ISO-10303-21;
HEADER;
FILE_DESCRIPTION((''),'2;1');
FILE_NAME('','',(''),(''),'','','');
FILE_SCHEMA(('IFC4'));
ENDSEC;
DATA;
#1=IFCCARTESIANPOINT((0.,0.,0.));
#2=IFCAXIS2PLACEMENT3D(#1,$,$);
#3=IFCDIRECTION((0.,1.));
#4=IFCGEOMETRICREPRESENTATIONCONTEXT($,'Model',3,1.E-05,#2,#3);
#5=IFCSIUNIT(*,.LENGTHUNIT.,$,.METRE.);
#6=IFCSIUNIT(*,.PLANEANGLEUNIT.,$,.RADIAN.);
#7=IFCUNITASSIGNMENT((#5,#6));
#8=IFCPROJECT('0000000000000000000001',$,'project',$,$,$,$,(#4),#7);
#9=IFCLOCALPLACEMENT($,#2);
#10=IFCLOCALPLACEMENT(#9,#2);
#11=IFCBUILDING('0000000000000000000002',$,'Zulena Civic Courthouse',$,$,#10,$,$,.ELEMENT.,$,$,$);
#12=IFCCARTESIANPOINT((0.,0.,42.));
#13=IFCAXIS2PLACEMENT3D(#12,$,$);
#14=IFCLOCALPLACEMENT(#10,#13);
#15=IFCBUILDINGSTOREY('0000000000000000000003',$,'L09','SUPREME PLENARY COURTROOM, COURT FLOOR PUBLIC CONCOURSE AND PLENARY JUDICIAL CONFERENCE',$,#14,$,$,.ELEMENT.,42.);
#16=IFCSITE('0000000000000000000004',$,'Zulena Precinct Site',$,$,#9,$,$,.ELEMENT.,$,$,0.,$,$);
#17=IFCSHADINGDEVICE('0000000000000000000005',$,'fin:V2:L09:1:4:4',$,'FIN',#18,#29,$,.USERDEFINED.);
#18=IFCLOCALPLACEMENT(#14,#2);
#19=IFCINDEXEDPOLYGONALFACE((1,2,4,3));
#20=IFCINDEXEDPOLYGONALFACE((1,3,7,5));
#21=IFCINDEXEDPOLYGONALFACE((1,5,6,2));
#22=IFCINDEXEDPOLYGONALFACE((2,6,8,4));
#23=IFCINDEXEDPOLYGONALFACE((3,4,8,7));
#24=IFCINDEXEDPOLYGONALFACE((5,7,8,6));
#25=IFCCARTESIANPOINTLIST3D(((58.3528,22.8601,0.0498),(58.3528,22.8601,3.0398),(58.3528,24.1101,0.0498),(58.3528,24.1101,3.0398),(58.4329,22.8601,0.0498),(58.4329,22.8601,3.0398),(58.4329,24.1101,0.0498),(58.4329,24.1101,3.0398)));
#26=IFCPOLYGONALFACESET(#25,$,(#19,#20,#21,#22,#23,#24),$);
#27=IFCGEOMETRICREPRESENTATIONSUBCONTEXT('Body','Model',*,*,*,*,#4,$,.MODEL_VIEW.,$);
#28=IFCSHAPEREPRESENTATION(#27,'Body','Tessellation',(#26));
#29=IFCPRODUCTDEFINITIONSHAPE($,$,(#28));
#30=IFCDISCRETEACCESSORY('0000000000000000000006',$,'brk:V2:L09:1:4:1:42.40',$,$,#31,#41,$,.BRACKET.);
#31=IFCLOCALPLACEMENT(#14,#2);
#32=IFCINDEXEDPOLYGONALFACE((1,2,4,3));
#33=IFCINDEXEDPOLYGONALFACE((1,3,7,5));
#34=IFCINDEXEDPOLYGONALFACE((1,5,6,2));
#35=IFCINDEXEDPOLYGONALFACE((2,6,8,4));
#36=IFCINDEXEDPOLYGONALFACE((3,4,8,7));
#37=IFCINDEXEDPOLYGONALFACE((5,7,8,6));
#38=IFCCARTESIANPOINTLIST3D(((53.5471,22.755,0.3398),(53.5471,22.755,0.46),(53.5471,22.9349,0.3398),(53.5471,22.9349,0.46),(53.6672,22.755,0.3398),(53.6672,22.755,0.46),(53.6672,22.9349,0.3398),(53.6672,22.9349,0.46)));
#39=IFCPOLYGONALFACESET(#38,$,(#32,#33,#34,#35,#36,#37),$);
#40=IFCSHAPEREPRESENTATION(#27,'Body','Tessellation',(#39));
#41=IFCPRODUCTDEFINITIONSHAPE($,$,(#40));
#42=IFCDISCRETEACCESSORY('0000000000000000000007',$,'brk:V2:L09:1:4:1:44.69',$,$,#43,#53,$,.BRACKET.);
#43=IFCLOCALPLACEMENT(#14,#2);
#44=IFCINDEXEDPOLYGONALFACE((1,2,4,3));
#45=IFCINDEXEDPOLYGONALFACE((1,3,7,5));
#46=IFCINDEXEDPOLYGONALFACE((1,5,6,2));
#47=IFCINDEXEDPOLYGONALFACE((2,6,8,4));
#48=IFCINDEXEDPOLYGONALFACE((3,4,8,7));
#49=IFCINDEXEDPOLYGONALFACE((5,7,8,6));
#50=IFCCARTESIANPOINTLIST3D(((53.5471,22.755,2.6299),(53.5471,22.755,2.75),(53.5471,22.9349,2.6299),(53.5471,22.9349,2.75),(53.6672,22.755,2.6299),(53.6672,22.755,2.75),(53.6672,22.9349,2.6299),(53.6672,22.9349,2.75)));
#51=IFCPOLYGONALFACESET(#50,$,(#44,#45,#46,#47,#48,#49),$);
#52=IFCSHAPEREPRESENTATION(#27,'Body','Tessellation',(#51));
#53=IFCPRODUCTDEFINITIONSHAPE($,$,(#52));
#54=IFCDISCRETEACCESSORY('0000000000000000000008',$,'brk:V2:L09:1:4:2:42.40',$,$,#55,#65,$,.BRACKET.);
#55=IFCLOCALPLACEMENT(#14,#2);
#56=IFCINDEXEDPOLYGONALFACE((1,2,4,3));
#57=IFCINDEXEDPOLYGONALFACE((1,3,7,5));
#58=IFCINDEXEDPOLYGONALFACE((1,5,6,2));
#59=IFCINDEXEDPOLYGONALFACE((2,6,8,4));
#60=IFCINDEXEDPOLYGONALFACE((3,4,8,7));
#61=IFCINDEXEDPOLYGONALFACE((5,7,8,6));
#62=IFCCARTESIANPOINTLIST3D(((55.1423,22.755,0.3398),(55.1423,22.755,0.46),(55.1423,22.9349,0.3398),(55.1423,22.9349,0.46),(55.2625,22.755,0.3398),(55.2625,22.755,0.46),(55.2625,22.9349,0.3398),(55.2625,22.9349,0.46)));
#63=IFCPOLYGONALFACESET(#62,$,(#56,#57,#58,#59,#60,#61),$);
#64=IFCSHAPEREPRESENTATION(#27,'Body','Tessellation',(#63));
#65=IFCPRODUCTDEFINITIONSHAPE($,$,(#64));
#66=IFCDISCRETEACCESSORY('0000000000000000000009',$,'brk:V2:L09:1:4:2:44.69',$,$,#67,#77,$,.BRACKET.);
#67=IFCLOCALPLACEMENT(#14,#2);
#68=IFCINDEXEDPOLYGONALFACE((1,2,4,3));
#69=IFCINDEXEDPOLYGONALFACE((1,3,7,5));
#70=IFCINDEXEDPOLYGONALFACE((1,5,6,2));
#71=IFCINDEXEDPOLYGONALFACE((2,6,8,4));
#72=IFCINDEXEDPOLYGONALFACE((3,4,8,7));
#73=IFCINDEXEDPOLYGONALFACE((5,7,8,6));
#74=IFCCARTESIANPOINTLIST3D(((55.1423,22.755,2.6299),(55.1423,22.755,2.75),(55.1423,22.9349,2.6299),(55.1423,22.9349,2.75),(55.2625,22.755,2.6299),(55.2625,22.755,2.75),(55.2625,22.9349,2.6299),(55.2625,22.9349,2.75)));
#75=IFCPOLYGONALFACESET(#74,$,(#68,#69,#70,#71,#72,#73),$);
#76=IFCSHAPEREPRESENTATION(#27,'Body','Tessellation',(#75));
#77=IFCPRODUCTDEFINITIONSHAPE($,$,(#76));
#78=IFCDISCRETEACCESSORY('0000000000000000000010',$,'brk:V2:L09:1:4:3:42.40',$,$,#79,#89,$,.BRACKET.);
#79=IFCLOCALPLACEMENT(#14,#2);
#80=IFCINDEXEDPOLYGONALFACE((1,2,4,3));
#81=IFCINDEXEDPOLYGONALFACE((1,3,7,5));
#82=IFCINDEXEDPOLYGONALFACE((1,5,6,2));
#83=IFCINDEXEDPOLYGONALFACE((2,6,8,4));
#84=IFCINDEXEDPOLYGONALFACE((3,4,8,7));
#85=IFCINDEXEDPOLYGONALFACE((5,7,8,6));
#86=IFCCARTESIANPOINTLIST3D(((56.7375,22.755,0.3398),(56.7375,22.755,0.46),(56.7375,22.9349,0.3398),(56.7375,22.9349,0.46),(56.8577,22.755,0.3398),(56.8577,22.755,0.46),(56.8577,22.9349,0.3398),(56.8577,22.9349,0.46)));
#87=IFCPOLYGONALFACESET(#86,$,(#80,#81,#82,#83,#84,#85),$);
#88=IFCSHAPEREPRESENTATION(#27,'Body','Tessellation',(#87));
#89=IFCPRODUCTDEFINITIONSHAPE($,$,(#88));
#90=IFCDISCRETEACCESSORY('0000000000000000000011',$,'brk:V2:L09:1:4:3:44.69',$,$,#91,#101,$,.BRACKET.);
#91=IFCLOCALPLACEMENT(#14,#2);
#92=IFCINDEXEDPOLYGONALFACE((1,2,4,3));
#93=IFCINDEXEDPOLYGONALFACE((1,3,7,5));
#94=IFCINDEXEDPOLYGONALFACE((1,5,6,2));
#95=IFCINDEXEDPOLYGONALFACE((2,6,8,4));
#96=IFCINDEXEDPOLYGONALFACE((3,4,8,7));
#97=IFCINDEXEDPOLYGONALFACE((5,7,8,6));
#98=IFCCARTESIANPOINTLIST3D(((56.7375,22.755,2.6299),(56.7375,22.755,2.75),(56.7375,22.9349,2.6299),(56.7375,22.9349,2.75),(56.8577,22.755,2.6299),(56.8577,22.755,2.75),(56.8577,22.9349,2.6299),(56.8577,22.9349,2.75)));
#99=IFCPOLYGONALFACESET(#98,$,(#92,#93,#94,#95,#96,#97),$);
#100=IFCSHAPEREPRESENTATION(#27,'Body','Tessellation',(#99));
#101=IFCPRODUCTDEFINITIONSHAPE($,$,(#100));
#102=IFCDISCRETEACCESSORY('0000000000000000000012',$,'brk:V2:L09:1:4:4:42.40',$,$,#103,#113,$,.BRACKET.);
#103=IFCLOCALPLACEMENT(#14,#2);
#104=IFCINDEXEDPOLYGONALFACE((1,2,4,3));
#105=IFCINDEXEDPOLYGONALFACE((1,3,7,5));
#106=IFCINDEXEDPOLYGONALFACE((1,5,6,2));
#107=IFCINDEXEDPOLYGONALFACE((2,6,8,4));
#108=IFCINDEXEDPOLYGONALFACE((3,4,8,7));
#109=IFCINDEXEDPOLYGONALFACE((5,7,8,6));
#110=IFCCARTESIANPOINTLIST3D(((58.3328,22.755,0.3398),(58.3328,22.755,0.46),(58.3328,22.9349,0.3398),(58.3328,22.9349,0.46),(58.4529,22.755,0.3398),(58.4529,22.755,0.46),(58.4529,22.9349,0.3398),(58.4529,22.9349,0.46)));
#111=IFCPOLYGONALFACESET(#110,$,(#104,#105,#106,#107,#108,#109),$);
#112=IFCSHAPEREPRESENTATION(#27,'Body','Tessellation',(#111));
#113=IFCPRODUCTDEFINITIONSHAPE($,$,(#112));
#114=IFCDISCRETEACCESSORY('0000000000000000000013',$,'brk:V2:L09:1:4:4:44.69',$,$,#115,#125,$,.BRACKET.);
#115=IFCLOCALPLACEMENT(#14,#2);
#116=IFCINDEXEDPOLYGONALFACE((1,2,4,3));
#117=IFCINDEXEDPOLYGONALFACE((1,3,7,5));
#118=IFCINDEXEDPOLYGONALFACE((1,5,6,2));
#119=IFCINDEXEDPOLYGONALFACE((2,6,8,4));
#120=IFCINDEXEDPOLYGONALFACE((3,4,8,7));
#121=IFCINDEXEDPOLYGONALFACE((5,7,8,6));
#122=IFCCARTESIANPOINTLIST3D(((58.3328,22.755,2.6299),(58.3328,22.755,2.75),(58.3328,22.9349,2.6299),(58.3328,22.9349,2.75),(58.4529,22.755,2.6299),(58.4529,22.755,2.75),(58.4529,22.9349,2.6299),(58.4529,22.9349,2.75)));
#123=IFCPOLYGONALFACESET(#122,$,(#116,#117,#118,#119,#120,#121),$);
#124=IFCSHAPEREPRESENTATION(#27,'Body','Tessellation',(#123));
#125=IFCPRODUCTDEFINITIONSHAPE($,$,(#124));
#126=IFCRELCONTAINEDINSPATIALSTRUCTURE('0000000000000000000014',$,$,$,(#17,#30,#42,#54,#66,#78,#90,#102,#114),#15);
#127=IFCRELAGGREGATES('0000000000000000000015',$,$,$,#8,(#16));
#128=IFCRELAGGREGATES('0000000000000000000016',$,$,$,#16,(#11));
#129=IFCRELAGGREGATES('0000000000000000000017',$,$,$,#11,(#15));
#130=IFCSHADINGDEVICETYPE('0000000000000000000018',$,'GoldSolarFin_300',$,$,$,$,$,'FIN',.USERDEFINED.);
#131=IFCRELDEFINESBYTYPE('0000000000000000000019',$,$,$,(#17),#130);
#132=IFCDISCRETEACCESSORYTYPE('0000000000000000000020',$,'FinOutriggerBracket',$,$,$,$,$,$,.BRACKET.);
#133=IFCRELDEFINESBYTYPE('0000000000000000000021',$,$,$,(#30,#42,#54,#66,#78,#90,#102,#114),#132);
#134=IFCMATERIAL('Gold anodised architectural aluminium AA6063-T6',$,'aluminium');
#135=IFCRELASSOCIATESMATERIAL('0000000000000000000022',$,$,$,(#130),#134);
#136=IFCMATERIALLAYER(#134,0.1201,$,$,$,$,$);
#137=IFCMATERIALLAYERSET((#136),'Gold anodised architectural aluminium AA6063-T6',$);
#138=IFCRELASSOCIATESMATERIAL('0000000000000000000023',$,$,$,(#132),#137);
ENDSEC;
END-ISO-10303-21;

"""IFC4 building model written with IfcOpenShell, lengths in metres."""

from ifc_helpers import new_model, si_unit, direction, frame, origin, origin_2d, place, context, subcontext, project, spatial, rectangle, extrude, material, layer, layer_set, type_object, element, save


model = new_model("IFC4")

# Units and contexts
model_context = context("Model", 3, precision=1e-05, world=origin(), true_north=direction((0.0, 1.0)))
body_context = subcontext(model_context, "Body", "Model", "MODEL_VIEW")
ifc_project = project(units=[si_unit("LENGTHUNIT", "METRE"), si_unit("PLANEANGLEUNIT", "RADIAN")], contexts=[model_context])

# Site, building, storey
site_placement = place(None, origin())
site = spatial("IfcSite", under=ifc_project, at=site_placement, Name="Zulena Precinct Site", CompositionType="ELEMENT", RefElevation=0.0)
building_placement = place(site_placement, origin())
building = spatial("IfcBuilding", under=site, at=building_placement, Name="Zulena Civic Courthouse", CompositionType="ELEMENT")
storey_placement = place(building_placement, frame((0.0, 0.0, 42.0)))
storey = spatial("IfcBuildingStorey", under=building, at=storey_placement, Name="L09", Description="SUPREME PLENARY COURTROOM, COURT FLOOR PUBLIC CONCOURSE AND PLENARY JUDICIAL CONFERENCE", CompositionType="ELEMENT", Elevation=42.0)

# Shading device
ifc_material_1 = material(Name="Gold anodised architectural aluminium AA6063-T6", Category="aluminium")
shading_device_type = type_object("IfcShadingDeviceType", Name="GoldSolarFin_300", ElementType="FIN", PredefinedType="USERDEFINED", material=ifc_material_1)
for number, where, z_axis, x_axis, name in (
    (1, (58.3928, 23.4851, 0.0498), (0.0, 0.0, 1.0), (0.0, 1.0, 0.0), "fin:V2:L09:1:4:4"),
):
    element("IfcShadingDevice", number, at=place(storey_placement, frame(where, z_axis=z_axis, x_axis=x_axis)), inside=storey, type_object=shading_device_type, Name=name, ObjectType="FIN", PredefinedType="USERDEFINED", context=body_context, shape_type="SweptSolid", body=[
        extrude(rectangle(XDim=1.25, YDim=0.0801, at=origin_2d()), origin(), (0.0, 0.0, 1.0), 2.99),
    ])

# Discrete accessories
ifc_layer_1 = layer(ifc_material_1, 0.1201)
ifc_layer_set_1 = layer_set([ifc_layer_1], Name="Gold anodised architectural aluminium AA6063-T6")
discrete_accessory_type = type_object("IfcDiscreteAccessoryType", Name="FinOutriggerBracket", PredefinedType="BRACKET", material=ifc_layer_set_1)
for number, where, z_axis, x_axis, name in (
    (2, (53.6072, 22.845, 0.3398), (0.0, 0.0, 1.0), (0.0, 1.0, 0.0), "brk:V2:L09:1:4:1:42.40"),
    (3, (53.6072, 22.845, 2.6299), (0.0, 0.0, 1.0), (0.0, 1.0, 0.0), "brk:V2:L09:1:4:1:44.69"),
    (4, (55.2024, 22.845, 0.3398), (0.0, 0.0, 1.0), (0.0, 1.0, 0.0), "brk:V2:L09:1:4:2:42.40"),
    (5, (55.2024, 22.845, 2.6299), (0.0, 0.0, 1.0), (0.0, 1.0, 0.0), "brk:V2:L09:1:4:2:44.69"),
    (6, (56.7976, 22.845, 0.3398), (0.0, 0.0, 1.0), (0.0, 1.0, 0.0), "brk:V2:L09:1:4:3:42.40"),
    (7, (56.7976, 22.845, 2.6299), (0.0, 0.0, 1.0), (0.0, 1.0, 0.0), "brk:V2:L09:1:4:3:44.69"),
    (8, (58.3928, 22.845, 0.3398), (0.0, 0.0, 1.0), (0.0, 1.0, 0.0), "brk:V2:L09:1:4:4:42.40"),
    (9, (58.3928, 22.845, 2.6299), (0.0, 0.0, 1.0), (0.0, 1.0, 0.0), "brk:V2:L09:1:4:4:44.69"),
):
    element("IfcDiscreteAccessory", number, at=place(storey_placement, frame(where, z_axis=z_axis, x_axis=x_axis)), inside=storey, type_object=discrete_accessory_type, Name=name, PredefinedType="BRACKET", context=body_context, shape_type="SweptSolid", body=[
        extrude(rectangle(XDim=0.1799, YDim=0.1201, at=origin_2d()), origin(), (0.0, 0.0, 1.0), 0.1201),
    ])

save(model, "model.ifc")
